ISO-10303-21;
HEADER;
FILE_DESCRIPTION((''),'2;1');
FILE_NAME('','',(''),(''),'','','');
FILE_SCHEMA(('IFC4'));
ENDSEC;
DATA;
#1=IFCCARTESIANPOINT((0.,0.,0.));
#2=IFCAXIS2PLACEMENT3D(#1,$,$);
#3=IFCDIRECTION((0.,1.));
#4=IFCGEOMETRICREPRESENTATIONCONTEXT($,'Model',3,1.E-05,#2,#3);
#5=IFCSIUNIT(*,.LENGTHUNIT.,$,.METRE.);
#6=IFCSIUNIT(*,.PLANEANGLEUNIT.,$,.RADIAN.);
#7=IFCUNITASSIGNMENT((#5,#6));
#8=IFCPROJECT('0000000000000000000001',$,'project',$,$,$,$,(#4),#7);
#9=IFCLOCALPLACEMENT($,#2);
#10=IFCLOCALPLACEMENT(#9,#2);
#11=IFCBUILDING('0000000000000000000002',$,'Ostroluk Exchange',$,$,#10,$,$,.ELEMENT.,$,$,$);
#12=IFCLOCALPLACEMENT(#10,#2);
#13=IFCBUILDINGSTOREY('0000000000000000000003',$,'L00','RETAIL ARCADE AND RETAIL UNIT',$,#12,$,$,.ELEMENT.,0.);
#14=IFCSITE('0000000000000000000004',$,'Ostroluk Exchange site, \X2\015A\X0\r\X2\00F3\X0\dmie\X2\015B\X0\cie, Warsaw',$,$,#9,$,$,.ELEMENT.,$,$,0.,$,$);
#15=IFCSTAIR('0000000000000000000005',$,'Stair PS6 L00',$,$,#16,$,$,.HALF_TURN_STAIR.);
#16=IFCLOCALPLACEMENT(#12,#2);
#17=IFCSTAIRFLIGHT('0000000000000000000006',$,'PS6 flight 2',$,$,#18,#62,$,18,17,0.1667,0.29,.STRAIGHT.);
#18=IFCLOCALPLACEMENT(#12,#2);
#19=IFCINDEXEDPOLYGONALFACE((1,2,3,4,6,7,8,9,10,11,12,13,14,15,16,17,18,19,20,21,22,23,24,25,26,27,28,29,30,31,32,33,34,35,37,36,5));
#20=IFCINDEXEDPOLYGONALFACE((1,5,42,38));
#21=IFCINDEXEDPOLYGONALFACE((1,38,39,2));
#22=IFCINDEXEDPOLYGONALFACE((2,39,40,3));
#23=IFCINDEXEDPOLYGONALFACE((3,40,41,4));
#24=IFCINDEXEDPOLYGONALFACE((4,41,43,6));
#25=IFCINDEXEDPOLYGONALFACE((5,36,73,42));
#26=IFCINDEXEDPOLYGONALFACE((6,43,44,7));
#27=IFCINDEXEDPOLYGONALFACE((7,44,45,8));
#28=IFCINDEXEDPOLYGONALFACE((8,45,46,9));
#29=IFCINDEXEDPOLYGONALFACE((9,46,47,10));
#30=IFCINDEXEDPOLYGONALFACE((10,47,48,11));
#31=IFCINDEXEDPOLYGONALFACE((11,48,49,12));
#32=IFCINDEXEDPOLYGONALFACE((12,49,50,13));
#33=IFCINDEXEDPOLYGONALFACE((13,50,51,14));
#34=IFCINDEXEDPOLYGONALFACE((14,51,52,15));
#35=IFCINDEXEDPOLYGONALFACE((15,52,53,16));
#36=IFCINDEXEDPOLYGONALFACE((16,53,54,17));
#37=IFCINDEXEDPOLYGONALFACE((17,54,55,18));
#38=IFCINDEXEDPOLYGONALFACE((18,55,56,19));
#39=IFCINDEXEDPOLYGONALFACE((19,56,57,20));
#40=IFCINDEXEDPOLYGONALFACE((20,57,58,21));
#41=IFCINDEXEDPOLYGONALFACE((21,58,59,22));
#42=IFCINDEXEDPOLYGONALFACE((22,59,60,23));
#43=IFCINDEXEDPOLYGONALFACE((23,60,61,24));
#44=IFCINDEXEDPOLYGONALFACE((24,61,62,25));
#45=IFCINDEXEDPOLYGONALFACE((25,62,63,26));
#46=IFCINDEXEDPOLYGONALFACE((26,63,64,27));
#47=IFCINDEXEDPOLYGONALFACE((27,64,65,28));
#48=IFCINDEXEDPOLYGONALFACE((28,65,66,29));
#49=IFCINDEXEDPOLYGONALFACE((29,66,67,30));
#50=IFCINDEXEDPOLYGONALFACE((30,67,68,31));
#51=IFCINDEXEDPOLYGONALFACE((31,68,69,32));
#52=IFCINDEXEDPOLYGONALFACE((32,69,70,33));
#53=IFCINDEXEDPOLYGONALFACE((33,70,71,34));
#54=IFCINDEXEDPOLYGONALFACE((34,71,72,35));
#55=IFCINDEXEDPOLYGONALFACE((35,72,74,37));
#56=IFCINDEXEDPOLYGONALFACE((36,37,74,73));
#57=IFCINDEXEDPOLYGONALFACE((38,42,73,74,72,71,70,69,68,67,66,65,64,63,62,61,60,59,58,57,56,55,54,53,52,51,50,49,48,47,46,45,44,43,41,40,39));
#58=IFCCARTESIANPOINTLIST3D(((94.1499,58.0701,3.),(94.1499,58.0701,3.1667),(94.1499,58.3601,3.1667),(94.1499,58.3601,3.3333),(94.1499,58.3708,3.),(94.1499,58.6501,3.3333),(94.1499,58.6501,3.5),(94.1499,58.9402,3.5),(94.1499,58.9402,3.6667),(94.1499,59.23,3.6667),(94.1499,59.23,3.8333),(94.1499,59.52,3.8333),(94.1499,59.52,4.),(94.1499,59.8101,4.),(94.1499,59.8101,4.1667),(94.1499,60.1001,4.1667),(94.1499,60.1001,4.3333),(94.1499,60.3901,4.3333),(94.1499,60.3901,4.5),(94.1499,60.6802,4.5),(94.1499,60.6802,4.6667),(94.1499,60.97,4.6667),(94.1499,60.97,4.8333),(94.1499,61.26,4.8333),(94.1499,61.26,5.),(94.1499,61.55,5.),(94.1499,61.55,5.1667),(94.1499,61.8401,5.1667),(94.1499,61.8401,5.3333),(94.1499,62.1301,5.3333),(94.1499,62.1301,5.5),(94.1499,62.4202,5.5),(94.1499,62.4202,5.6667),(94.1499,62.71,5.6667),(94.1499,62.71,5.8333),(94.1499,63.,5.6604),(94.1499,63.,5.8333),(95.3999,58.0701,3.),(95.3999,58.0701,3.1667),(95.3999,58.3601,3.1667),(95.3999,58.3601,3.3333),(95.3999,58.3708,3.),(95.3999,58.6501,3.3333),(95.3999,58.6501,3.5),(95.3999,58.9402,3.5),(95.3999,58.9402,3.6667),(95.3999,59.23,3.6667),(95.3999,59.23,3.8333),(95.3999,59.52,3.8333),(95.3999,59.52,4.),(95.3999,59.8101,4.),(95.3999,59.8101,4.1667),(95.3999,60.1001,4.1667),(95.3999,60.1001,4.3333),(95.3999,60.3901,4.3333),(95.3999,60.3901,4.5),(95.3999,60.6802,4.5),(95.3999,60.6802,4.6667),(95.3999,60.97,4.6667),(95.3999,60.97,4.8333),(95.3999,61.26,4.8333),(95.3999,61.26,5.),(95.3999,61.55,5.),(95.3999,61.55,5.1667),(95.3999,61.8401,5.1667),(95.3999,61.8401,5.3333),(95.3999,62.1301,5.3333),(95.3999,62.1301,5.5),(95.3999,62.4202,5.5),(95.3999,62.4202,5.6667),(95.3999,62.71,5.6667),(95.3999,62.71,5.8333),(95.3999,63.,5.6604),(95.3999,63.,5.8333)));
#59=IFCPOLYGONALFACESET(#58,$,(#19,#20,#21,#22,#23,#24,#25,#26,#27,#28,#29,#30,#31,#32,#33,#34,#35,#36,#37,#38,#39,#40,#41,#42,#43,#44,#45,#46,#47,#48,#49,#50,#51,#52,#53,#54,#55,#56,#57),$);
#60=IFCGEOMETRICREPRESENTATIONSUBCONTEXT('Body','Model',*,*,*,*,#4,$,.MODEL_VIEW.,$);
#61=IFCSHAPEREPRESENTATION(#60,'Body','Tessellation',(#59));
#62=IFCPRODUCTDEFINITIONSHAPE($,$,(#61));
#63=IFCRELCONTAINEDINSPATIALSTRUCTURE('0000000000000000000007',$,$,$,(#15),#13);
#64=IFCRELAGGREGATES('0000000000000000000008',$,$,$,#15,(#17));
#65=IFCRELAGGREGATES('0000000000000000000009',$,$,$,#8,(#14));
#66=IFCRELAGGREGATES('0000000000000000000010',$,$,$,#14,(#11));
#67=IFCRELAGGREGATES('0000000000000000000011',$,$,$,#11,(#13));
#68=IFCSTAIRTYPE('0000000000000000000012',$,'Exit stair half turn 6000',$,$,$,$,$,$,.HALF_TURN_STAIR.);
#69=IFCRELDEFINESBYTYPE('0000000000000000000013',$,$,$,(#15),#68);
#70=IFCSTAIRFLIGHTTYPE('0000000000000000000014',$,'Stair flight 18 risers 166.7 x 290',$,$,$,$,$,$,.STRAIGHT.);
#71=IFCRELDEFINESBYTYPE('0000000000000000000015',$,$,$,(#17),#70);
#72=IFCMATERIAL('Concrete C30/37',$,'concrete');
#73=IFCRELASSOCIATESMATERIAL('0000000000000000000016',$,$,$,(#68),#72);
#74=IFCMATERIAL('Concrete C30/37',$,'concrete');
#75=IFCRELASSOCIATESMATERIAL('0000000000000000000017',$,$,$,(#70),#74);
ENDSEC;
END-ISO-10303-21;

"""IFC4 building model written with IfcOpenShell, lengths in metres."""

from ifc_helpers import new_model, si_unit, direction, frame, origin, place, context, subcontext, project, spatial, polyline, outline, extrude, material, type_object, element, aggregate, save


model = new_model("IFC4")

# Units and contexts
model_context = context("Model", 3, precision=1e-05, world=origin(), true_north=direction((0.0, 1.0)))
body_context = subcontext(model_context, "Body", "Model", "MODEL_VIEW")
ifc_project = project(units=[si_unit("LENGTHUNIT", "METRE"), si_unit("PLANEANGLEUNIT", "RADIAN")], contexts=[model_context])

# Site, building, storey
site_placement = place(None, origin())
site = spatial("IfcSite", under=ifc_project, at=site_placement, Name="Ostroluk Exchange site, Śródmieście, Warsaw", CompositionType="ELEMENT", RefElevation=0.0)
building_placement = place(site_placement, origin())
building = spatial("IfcBuilding", under=site, at=building_placement, Name="Ostroluk Exchange", CompositionType="ELEMENT")
storey_placement = place(building_placement, origin())
storey = spatial("IfcBuildingStorey", under=building, at=storey_placement, Name="L00", Description="RETAIL ARCADE AND RETAIL UNIT", CompositionType="ELEMENT", Elevation=0.0)

# Stair, stair flight
ifc_material_1 = material(Name="Concrete C30/37", Category="concrete")
stair_type = type_object("IfcStairType", Name="Exit stair half turn 6000", PredefinedType="HALF_TURN_STAIR", material=ifc_material_1)
stair_placement = place(storey_placement, origin())
stair = element("IfcStair", 1, at=stair_placement, inside=storey, type_object=stair_type, Name="Stair PS6 L00", PredefinedType="HALF_TURN_STAIR")
ifc_material_2 = material(Name="Concrete C30/37", Category="concrete")
stair_flight_type = type_object("IfcStairFlightType", Name="Stair flight 18 risers 166.7 x 290", PredefinedType="STRAIGHT", material=ifc_material_2)
stair_flight_1_placement = place(storey_placement, frame((94.7749, 58.0701, 3.0), z_axis=(0.0, 0.0, 1.0), x_axis=(0.0, 1.0, 0.0)))
stair_flight_1 = element("IfcStairFlight", 2, at=stair_flight_1_placement, type_object=stair_flight_type, Name="PS6 flight 2", NumberOfRisers=18, NumberOfTreads=17, PredefinedType="STRAIGHT", RiserHeight=0.1667, TreadLength=0.29, context=body_context, shape_type="SweptSolid", body=[
    extrude(outline(polyline([(0.0, 0.0), (0.0, 0.1667), (0.29, 0.1667), (0.29, 0.3333), (0.5801, 0.3333), (0.5801, 0.5), (0.8701, 0.5), (0.8701, 0.6667), (1.1599, 0.6667), (1.1599, 0.8333), (1.45, 0.8333), (1.45, 1.0), (1.74, 1.0), (1.74, 1.1667), (2.03, 1.1667), (2.03, 1.3333), (2.3201, 1.3333), (2.3201, 1.5), (2.6101, 1.5), (2.6101, 1.6667), (2.8999, 1.6667), (2.8999, 1.8333), (3.1899, 1.8333), (3.1899, 2.0), (3.48, 2.0), (3.48, 2.1667), (3.77, 2.1667), (3.77, 2.3333), (4.0601, 2.3333), (4.0601, 2.5), (4.3501, 2.5), (4.3501, 2.6667), (4.6399, 2.6667), (4.6399, 2.8333), (4.9299, 2.8333), (4.9299, 3.0), (4.9299, 2.6604), (0.3008, 0.0), (0.0, 0.0)])), frame((0.0, 0.625, 0.0), z_axis=(0.0, -1.0, 0.0), x_axis=(1.0, 0.0, 0.0)), (0.0, 0.0, 1.0), 1.25),
])
aggregate(stair, [stair_flight_1])

save(model, "model.ifc")
